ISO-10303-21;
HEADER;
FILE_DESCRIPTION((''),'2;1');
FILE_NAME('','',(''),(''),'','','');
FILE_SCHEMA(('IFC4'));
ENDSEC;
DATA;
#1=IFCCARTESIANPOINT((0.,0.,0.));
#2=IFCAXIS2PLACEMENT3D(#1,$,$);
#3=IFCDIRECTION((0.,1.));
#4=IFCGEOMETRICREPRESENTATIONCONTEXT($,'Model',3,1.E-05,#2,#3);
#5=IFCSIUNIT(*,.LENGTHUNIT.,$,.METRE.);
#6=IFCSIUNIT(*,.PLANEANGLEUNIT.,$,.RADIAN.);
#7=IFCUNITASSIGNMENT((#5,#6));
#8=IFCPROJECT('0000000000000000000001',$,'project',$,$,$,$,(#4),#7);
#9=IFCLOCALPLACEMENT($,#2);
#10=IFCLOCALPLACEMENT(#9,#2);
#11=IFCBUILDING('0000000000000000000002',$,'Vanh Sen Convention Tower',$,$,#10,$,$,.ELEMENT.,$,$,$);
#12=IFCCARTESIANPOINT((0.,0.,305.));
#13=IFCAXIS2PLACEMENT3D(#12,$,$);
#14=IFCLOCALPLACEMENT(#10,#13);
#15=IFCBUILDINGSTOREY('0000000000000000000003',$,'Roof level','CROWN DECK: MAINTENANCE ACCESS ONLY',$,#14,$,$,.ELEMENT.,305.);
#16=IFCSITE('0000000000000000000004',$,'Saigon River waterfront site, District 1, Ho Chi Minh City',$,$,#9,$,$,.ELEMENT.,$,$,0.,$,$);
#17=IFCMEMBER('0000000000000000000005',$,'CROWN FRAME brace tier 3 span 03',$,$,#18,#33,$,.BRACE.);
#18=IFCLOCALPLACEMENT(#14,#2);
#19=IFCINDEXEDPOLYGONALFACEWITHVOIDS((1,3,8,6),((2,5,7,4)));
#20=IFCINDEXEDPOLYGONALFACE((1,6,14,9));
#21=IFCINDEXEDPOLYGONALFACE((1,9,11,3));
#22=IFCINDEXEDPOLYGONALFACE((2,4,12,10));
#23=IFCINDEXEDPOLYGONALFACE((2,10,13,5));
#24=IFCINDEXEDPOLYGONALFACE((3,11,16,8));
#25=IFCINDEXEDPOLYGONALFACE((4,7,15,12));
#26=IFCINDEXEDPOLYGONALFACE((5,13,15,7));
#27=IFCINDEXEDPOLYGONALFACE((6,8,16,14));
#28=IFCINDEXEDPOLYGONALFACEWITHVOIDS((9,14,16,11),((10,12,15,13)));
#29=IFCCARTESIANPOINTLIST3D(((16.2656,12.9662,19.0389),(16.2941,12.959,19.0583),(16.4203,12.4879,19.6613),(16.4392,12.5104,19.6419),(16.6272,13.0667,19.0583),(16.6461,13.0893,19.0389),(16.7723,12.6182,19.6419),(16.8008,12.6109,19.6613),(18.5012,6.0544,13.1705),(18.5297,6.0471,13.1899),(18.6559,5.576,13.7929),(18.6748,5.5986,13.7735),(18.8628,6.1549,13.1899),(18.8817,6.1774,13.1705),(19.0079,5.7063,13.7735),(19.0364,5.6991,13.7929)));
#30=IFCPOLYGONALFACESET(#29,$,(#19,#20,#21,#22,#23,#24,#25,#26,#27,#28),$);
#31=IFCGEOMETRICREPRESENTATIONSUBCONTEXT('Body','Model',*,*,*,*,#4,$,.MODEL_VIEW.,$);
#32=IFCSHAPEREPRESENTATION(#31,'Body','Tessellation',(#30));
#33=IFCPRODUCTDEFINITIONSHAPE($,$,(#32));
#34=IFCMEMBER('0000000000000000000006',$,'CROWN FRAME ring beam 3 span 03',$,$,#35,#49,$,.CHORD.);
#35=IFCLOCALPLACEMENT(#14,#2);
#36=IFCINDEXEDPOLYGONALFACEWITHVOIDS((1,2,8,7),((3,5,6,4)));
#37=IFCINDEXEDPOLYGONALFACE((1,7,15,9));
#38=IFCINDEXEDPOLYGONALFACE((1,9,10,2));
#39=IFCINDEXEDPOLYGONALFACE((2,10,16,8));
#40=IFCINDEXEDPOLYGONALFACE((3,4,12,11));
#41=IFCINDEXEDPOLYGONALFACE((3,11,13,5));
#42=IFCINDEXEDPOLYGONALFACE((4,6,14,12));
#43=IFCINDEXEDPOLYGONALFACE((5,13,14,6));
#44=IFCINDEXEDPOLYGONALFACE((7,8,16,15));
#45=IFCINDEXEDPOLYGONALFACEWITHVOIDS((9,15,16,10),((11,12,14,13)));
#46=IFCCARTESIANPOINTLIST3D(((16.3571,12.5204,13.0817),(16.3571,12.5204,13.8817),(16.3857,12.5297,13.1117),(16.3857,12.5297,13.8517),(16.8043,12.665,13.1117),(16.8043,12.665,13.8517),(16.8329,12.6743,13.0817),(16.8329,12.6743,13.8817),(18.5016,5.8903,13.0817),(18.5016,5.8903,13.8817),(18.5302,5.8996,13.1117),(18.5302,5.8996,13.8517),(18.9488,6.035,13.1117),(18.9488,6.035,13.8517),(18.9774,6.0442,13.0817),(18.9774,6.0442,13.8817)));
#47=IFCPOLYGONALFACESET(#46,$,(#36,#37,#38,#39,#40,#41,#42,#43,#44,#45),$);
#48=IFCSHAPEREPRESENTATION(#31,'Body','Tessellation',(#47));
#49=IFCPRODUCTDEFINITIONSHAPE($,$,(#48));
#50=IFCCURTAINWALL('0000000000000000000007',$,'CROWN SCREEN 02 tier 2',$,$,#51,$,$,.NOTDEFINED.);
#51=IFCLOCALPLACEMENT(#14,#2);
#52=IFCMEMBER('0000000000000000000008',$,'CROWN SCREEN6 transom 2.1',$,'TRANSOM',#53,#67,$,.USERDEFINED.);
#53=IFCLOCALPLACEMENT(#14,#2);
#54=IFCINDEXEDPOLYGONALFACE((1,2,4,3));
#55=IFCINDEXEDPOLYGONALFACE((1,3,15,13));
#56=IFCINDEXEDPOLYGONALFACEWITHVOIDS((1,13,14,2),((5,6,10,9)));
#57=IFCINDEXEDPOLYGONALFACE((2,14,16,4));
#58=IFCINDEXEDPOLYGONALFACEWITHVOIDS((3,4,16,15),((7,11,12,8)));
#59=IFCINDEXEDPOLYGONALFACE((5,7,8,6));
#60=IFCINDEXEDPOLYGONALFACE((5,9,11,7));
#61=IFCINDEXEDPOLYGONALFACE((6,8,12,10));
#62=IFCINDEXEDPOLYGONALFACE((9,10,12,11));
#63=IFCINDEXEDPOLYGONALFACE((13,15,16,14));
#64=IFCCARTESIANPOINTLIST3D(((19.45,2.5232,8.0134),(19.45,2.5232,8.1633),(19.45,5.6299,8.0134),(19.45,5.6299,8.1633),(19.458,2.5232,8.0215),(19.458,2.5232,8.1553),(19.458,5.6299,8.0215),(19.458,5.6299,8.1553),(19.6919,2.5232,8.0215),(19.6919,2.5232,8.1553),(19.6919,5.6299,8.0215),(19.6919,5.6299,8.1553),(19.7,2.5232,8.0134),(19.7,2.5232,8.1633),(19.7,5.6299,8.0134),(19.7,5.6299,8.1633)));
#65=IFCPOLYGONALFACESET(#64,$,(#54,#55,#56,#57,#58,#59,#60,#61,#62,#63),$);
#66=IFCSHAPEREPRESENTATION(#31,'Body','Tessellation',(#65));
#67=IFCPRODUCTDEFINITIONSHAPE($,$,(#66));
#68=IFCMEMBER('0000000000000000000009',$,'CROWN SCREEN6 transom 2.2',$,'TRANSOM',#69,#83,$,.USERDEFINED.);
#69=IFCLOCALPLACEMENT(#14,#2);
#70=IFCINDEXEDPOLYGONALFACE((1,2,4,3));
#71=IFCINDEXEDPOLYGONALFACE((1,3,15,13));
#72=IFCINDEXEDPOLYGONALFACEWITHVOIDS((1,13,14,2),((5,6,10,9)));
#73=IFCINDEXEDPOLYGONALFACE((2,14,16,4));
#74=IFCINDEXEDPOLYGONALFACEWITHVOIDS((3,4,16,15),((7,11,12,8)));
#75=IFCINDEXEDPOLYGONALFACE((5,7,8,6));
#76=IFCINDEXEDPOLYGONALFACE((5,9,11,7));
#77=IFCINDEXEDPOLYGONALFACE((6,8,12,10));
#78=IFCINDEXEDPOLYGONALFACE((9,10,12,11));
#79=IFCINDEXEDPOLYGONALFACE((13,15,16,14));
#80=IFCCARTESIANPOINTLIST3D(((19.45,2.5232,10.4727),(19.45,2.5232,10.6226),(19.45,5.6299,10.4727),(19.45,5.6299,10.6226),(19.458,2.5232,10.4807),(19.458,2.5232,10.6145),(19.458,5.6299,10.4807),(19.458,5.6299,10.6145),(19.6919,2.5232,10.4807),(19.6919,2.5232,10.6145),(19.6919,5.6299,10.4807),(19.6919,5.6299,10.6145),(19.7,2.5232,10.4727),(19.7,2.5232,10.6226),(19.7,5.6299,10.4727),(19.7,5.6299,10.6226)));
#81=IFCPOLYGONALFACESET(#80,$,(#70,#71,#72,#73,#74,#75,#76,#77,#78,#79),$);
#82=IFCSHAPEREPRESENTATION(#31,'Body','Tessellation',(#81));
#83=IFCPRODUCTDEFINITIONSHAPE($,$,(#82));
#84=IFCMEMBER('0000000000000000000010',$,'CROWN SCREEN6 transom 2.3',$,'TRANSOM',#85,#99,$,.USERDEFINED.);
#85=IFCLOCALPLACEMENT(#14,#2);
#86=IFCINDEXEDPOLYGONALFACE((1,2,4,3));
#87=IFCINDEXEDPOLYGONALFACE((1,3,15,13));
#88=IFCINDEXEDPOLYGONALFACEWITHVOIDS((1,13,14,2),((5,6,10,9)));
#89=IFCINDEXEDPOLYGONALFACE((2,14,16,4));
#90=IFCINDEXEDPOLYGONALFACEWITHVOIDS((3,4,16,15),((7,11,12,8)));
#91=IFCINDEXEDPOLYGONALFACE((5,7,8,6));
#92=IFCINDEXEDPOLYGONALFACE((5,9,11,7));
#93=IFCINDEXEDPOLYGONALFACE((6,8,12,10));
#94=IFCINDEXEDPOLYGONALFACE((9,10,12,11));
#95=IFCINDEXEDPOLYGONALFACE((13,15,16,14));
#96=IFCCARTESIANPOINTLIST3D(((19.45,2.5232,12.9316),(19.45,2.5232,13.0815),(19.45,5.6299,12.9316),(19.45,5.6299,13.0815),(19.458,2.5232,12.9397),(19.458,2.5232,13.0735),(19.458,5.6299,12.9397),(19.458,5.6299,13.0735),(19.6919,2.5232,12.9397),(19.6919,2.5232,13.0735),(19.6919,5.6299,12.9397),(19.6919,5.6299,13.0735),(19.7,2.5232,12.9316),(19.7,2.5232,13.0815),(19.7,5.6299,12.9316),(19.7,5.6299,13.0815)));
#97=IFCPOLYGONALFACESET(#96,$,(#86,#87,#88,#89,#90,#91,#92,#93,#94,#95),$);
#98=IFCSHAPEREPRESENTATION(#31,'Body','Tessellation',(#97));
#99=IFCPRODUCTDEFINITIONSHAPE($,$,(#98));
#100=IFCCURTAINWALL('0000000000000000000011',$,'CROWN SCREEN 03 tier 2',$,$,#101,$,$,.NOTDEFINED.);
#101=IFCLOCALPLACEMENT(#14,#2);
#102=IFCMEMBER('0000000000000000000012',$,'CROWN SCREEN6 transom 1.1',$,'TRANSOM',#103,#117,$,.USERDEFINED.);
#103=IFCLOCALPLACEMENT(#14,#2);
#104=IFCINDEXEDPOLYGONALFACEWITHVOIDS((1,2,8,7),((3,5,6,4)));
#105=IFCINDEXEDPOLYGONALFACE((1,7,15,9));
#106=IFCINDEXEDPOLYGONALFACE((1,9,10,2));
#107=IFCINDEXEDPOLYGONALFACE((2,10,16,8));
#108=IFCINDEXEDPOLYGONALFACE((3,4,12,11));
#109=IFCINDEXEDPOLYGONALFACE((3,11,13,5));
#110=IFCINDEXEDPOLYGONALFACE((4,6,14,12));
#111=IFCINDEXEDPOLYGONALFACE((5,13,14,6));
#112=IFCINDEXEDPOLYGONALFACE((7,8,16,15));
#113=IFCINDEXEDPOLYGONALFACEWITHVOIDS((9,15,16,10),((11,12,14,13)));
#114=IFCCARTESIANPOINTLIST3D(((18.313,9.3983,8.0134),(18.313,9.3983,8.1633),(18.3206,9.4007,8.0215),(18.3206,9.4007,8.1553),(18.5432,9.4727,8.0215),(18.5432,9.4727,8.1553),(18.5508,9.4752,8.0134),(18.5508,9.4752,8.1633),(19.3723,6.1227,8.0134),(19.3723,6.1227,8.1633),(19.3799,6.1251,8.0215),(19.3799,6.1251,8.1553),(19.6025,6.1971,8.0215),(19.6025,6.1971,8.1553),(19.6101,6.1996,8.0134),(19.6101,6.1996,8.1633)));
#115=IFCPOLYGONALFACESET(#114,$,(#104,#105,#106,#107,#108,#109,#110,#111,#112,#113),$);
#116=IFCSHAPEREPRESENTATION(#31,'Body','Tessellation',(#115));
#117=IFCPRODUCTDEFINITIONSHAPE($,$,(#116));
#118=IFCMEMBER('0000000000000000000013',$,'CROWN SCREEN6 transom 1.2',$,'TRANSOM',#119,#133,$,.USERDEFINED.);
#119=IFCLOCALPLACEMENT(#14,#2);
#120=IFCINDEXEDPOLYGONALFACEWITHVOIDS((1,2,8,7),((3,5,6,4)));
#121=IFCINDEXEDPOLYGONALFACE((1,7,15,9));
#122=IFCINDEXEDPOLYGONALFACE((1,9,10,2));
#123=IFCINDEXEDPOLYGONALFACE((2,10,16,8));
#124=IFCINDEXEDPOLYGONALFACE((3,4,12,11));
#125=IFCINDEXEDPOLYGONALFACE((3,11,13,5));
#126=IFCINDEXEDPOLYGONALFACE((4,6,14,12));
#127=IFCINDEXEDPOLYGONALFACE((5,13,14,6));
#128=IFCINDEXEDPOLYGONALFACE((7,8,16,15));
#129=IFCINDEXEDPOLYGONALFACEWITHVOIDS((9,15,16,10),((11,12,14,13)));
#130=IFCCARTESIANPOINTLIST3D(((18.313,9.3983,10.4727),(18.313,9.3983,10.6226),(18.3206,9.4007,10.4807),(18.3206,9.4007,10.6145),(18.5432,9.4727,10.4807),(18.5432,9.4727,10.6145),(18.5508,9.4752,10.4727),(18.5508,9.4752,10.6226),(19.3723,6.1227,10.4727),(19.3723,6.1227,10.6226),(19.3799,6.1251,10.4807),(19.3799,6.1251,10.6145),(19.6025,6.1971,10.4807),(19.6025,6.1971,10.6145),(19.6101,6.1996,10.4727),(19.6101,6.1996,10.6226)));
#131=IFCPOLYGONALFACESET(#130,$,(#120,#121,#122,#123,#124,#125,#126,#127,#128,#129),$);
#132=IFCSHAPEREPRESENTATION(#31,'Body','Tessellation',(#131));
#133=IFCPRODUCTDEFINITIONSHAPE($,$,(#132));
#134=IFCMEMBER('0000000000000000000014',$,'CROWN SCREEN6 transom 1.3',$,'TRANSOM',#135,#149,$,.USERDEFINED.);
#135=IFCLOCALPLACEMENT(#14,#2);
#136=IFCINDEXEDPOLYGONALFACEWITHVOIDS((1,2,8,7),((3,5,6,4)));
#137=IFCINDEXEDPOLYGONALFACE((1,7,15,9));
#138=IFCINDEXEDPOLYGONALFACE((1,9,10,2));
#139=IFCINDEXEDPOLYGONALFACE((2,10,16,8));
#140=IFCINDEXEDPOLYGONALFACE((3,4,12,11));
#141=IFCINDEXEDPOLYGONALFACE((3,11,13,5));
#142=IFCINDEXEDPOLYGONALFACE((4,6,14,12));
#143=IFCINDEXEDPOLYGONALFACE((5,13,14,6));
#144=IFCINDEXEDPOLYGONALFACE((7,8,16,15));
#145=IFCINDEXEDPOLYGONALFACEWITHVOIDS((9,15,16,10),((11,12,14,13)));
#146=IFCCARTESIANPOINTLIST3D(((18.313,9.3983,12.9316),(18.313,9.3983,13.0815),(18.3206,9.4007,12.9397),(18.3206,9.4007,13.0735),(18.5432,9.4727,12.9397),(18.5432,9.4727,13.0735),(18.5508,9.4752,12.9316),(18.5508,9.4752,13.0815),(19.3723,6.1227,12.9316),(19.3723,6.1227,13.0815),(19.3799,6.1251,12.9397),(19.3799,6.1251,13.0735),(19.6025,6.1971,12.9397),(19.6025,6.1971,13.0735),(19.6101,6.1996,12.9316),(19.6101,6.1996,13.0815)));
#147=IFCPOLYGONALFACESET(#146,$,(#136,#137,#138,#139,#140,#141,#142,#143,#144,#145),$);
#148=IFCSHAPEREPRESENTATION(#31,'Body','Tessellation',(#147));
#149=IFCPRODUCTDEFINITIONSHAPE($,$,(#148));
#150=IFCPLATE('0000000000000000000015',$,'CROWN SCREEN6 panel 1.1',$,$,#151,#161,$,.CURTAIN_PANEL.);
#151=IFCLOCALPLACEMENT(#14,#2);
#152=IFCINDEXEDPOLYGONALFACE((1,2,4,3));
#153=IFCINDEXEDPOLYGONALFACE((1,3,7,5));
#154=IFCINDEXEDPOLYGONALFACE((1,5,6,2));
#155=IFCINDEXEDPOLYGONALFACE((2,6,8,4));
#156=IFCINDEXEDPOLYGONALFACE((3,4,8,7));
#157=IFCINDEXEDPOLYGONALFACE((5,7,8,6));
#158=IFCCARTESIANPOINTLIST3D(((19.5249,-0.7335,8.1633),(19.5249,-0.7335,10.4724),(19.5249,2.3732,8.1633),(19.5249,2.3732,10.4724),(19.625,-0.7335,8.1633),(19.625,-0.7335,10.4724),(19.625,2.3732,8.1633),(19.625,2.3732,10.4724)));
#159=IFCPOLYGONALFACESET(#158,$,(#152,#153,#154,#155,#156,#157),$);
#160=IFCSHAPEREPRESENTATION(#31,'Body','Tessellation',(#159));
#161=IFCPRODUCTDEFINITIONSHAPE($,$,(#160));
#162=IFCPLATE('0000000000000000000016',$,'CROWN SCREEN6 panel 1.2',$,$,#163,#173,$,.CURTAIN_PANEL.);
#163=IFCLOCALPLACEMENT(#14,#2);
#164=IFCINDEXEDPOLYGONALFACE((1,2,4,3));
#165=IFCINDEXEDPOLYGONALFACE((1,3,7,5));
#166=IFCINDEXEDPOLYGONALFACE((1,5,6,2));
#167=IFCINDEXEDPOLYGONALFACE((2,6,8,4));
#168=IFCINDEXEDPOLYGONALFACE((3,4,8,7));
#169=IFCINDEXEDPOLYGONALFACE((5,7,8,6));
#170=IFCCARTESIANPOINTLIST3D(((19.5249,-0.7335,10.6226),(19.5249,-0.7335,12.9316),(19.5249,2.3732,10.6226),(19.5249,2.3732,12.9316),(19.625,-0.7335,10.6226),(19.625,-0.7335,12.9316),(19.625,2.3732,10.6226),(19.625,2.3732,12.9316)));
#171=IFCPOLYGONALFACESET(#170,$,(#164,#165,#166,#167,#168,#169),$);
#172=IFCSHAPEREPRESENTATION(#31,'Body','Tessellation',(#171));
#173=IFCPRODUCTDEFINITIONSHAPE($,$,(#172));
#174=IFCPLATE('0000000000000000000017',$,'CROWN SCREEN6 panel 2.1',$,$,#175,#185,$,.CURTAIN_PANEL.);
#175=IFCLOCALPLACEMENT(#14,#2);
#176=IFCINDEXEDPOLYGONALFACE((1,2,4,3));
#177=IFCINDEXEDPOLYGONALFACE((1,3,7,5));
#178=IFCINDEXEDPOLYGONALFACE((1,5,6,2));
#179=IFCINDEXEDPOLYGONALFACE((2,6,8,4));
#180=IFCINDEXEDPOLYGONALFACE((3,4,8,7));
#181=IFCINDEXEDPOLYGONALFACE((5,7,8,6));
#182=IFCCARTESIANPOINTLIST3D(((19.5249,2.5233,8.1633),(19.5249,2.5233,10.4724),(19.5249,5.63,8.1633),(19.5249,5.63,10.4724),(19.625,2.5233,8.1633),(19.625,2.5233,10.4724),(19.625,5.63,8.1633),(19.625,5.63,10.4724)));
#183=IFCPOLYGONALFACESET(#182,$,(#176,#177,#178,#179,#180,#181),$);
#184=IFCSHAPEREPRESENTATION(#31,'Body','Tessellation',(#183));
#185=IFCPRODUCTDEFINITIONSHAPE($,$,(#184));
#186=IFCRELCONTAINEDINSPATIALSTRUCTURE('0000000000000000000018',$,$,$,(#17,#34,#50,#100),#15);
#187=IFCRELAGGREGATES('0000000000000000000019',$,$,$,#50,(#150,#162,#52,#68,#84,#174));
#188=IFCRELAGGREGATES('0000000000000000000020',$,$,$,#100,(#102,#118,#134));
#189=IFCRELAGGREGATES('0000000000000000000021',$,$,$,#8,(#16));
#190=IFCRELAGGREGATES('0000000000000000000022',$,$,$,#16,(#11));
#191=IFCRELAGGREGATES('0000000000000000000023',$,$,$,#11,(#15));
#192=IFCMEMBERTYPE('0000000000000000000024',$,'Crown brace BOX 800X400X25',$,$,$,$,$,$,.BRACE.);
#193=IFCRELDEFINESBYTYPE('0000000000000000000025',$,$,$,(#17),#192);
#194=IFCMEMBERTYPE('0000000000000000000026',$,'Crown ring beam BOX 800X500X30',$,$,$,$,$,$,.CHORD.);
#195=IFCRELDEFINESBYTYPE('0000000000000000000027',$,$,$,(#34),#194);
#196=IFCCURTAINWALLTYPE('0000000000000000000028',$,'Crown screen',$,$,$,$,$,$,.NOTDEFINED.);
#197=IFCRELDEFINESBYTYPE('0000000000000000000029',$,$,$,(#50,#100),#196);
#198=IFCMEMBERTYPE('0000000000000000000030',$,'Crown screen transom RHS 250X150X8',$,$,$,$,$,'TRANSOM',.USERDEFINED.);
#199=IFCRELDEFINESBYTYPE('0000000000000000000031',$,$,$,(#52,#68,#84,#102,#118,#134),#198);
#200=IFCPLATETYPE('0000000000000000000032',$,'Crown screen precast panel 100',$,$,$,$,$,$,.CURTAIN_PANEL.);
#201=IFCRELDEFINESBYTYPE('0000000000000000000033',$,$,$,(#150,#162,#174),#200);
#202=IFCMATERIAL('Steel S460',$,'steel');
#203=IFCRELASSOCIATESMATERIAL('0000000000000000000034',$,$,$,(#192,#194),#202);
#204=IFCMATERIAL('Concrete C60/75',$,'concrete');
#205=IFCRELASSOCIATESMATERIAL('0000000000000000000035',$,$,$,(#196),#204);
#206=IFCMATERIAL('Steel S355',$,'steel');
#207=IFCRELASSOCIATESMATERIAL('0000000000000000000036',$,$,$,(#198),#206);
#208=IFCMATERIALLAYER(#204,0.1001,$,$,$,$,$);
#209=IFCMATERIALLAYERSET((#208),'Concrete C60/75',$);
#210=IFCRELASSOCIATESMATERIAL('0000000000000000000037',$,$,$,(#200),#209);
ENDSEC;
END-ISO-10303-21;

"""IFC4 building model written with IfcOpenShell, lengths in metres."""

from ifc_helpers import new_model, si_unit, direction, frame, origin, origin_2d, place, context, subcontext, project, spatial, rectangle, hollow_rectangle, extrude, material, layer, layer_set, material_profile, profile_set, type_object, element, aggregate, save


model = new_model("IFC4")

# Units and contexts
model_context = context("Model", 3, precision=1e-05, world=origin(), true_north=direction((0.0, 1.0)))
body_context = subcontext(model_context, "Body", "Model", "MODEL_VIEW")
ifc_project = project(units=[si_unit("LENGTHUNIT", "METRE"), si_unit("PLANEANGLEUNIT", "RADIAN")], contexts=[model_context])

# Site, building, storey
site_placement = place(None, origin())
site = spatial("IfcSite", under=ifc_project, at=site_placement, Name="Saigon River waterfront site, District 1, Ho Chi Minh City", CompositionType="ELEMENT", RefElevation=0.0)
building_placement = place(site_placement, origin())
building = spatial("IfcBuilding", under=site, at=building_placement, Name="Vanh Sen Convention Tower", CompositionType="ELEMENT")
storey_placement = place(building_placement, frame((0.0, 0.0, 305.0)))
storey = spatial("IfcBuildingStorey", under=building, at=storey_placement, Name="Roof level", Description="CROWN DECK: MAINTENANCE ACCESS ONLY", CompositionType="ELEMENT", Elevation=305.0)

# Members
ifc_material_1 = material(Name="Steel S460", Category="steel")
ifc_material_profile_1 = material_profile(ifc_material_1, hollow_rectangle(XDim=0.3999, YDim=0.8, WallThickness=0.0249, at=origin_2d()), Name="BOX 800X400X25")
ifc_profile_set_1 = profile_set([ifc_material_profile_1], Name="Steel S460")
member_type_1 = type_object("IfcMemberType", Name="Crown brace BOX 800X400X25", PredefinedType="BRACE", material=ifc_profile_set_1)
member_1_placement = place(storey_placement, frame((18.7688, 5.8767, 13.4817), z_axis=(-0.239392, 0.740137, 0.628401), x_axis=(-0.951469, -0.307746, 0.0)))
element("IfcMember", 1, at=member_1_placement, inside=storey, type_object=member_type_1, Name="CROWN FRAME brace tier 3 span 03", PredefinedType="BRACE", context=body_context, shape_type="SweptSolid", body=[
    extrude(hollow_rectangle(XDim=0.3999, YDim=0.8, WallThickness=0.0249, at=origin_2d()), origin(), (0.0, 0.0, 1.0), 9.3386),
])
ifc_material_profile_2 = material_profile(ifc_material_1, hollow_rectangle(XDim=0.5, YDim=0.8, WallThickness=0.03, at=origin_2d()), Name="BOX 800X500X30")
ifc_profile_set_2 = profile_set([ifc_material_profile_2], Name="Steel S460")
member_type_2 = type_object("IfcMemberType", Name="Crown ring beam BOX 800X500X30", PredefinedType="CHORD", material=ifc_profile_set_2)
member_2_placement = place(storey_placement, frame((18.7395, 5.9673, 13.4817), z_axis=(-0.307754, 0.951466, 0.0), x_axis=(-0.951466, -0.307754, 0.0)))
element("IfcMember", 2, at=member_2_placement, inside=storey, type_object=member_type_2, Name="CROWN FRAME ring beam 3 span 03", PredefinedType="CHORD", context=body_context, shape_type="SweptSolid", body=[
    extrude(hollow_rectangle(XDim=0.5, YDim=0.8, WallThickness=0.03, at=origin_2d()), origin(), (0.0, 0.0, 1.0), 6.9683),
])

# Curtain walls, members
ifc_material_2 = material(Name="Concrete C60/75", Category="concrete")
curtain_wall_type = type_object("IfcCurtainWallType", Name="Crown screen", PredefinedType="NOTDEFINED", material=ifc_material_2)
curtain_wall_1_placement = place(storey_placement, origin())
curtain_wall_1 = element("IfcCurtainWall", 3, at=curtain_wall_1_placement, inside=storey, type_object=curtain_wall_type, Name="CROWN SCREEN 02 tier 2", PredefinedType="NOTDEFINED")
ifc_material_3 = material(Name="Steel S355", Category="steel")
ifc_material_profile_3 = material_profile(ifc_material_3, hollow_rectangle(XDim=0.25, YDim=0.1499, WallThickness=0.0081, at=origin_2d()), Name="RHS 250X150X8")
ifc_profile_set_3 = profile_set([ifc_material_profile_3], Name="Steel S355")
member_type_3 = type_object("IfcMemberType", Name="Crown screen transom RHS 250X150X8", ElementType="TRANSOM", PredefinedType="USERDEFINED", material=ifc_profile_set_3)
member_3_placement = place(storey_placement, frame((19.575, 2.5232, 8.0884), z_axis=(0.0, 1.0, 0.0), x_axis=(-1.0, 0.0, 0.0)))
member_3 = element("IfcMember", 4, at=member_3_placement, type_object=member_type_3, Name="CROWN SCREEN6 transom 2.1", ObjectType="TRANSOM", PredefinedType="USERDEFINED", context=body_context, shape_type="SweptSolid", body=[
    extrude(hollow_rectangle(XDim=0.25, YDim=0.1499, WallThickness=0.0081, at=origin_2d()), origin(), (0.0, 0.0, 1.0), 3.1067),
])
member_4_placement = place(storey_placement, frame((19.575, 2.5232, 10.5476), z_axis=(0.0, 1.0, 0.0), x_axis=(-1.0, 0.0, 0.0)))
member_4 = element("IfcMember", 5, at=member_4_placement, type_object=member_type_3, Name="CROWN SCREEN6 transom 2.2", ObjectType="TRANSOM", PredefinedType="USERDEFINED", context=body_context, shape_type="SweptSolid", body=[
    extrude(hollow_rectangle(XDim=0.25, YDim=0.1499, WallThickness=0.0081, at=origin_2d()), origin(), (0.0, 0.0, 1.0), 3.1067),
])
member_5_placement = place(storey_placement, frame((19.575, 2.5232, 13.0066), z_axis=(0.0, 1.0, 0.0), x_axis=(-1.0, 0.0, 0.0)))
member_5 = element("IfcMember", 6, at=member_5_placement, type_object=member_type_3, Name="CROWN SCREEN6 transom 2.3", ObjectType="TRANSOM", PredefinedType="USERDEFINED", context=body_context, shape_type="SweptSolid", body=[
    extrude(hollow_rectangle(XDim=0.25, YDim=0.1499, WallThickness=0.0081, at=origin_2d()), origin(), (0.0, 0.0, 1.0), 3.1067),
])
curtain_wall_2_placement = place(storey_placement, origin())
curtain_wall_2 = element("IfcCurtainWall", 7, at=curtain_wall_2_placement, inside=storey, type_object=curtain_wall_type, Name="CROWN SCREEN 03 tier 2", PredefinedType="NOTDEFINED")
member_6_placement = place(storey_placement, frame((19.4912, 6.1611, 8.0884), z_axis=(-0.307705, 0.951482, 0.0), x_axis=(-0.951482, -0.307705, 0.0)))
member_6 = element("IfcMember", 8, at=member_6_placement, type_object=member_type_3, Name="CROWN SCREEN6 transom 1.1", ObjectType="TRANSOM", PredefinedType="USERDEFINED", context=body_context, shape_type="SweptSolid", body=[
    extrude(hollow_rectangle(XDim=0.25, YDim=0.1499, WallThickness=0.0081, at=origin_2d()), origin(), (0.0, 0.0, 1.0), 3.4426),
])
member_7_placement = place(storey_placement, frame((19.4912, 6.1611, 10.5476), z_axis=(-0.307705, 0.951482, 0.0), x_axis=(-0.951482, -0.307705, 0.0)))
member_7 = element("IfcMember", 9, at=member_7_placement, type_object=member_type_3, Name="CROWN SCREEN6 transom 1.2", ObjectType="TRANSOM", PredefinedType="USERDEFINED", context=body_context, shape_type="SweptSolid", body=[
    extrude(hollow_rectangle(XDim=0.25, YDim=0.1499, WallThickness=0.0081, at=origin_2d()), origin(), (0.0, 0.0, 1.0), 3.4426),
])
member_8_placement = place(storey_placement, frame((19.4912, 6.1611, 13.0066), z_axis=(-0.307705, 0.951482, 0.0), x_axis=(-0.951482, -0.307705, 0.0)))
member_8 = element("IfcMember", 10, at=member_8_placement, type_object=member_type_3, Name="CROWN SCREEN6 transom 1.3", ObjectType="TRANSOM", PredefinedType="USERDEFINED", context=body_context, shape_type="SweptSolid", body=[
    extrude(hollow_rectangle(XDim=0.25, YDim=0.1499, WallThickness=0.0081, at=origin_2d()), origin(), (0.0, 0.0, 1.0), 3.4426),
])

# Plates
ifc_layer_1 = layer(ifc_material_2, 0.1001)
ifc_layer_set_1 = layer_set([ifc_layer_1], Name="Concrete C60/75")
plate_type = type_object("IfcPlateType", Name="Crown screen precast panel 100", PredefinedType="CURTAIN_PANEL", material=ifc_layer_set_1)
plate_1_placement = place(storey_placement, frame((19.575, 0.8198, 8.1633), z_axis=(0.0, 0.0, 1.0), x_axis=(0.0, 1.0, 0.0)))
plate_1 = element("IfcPlate", 11, at=plate_1_placement, type_object=plate_type, Name="CROWN SCREEN6 panel 1.1", PredefinedType="CURTAIN_PANEL", context=body_context, shape_type="SweptSolid", body=[
    extrude(rectangle(XDim=3.1067, YDim=0.1001, at=origin_2d()), origin(), (0.0, 0.0, 1.0), 2.3091),
])
plate_2_placement = place(storey_placement, frame((19.575, 0.8198, 10.6226), z_axis=(0.0, 0.0, 1.0), x_axis=(0.0, 1.0, 0.0)))
plate_2 = element("IfcPlate", 12, at=plate_2_placement, type_object=plate_type, Name="CROWN SCREEN6 panel 1.2", PredefinedType="CURTAIN_PANEL", context=body_context, shape_type="SweptSolid", body=[
    extrude(rectangle(XDim=3.1067, YDim=0.1001, at=origin_2d()), origin(), (0.0, 0.0, 1.0), 2.3091),
])
plate_3_placement = place(storey_placement, frame((19.575, 4.0767, 8.1633), z_axis=(0.0, 0.0, 1.0), x_axis=(0.0, 1.0, 0.0)))
plate_3 = element("IfcPlate", 13, at=plate_3_placement, type_object=plate_type, Name="CROWN SCREEN6 panel 2.1", PredefinedType="CURTAIN_PANEL", context=body_context, shape_type="SweptSolid", body=[
    extrude(rectangle(XDim=3.1067, YDim=0.1001, at=origin_2d()), origin(), (0.0, 0.0, 1.0), 2.3091),
])
aggregate(curtain_wall_1, [plate_1, plate_2, member_3, member_4, member_5, plate_3])
aggregate(curtain_wall_2, [member_6, member_7, member_8])

save(model, "model.ifc")
